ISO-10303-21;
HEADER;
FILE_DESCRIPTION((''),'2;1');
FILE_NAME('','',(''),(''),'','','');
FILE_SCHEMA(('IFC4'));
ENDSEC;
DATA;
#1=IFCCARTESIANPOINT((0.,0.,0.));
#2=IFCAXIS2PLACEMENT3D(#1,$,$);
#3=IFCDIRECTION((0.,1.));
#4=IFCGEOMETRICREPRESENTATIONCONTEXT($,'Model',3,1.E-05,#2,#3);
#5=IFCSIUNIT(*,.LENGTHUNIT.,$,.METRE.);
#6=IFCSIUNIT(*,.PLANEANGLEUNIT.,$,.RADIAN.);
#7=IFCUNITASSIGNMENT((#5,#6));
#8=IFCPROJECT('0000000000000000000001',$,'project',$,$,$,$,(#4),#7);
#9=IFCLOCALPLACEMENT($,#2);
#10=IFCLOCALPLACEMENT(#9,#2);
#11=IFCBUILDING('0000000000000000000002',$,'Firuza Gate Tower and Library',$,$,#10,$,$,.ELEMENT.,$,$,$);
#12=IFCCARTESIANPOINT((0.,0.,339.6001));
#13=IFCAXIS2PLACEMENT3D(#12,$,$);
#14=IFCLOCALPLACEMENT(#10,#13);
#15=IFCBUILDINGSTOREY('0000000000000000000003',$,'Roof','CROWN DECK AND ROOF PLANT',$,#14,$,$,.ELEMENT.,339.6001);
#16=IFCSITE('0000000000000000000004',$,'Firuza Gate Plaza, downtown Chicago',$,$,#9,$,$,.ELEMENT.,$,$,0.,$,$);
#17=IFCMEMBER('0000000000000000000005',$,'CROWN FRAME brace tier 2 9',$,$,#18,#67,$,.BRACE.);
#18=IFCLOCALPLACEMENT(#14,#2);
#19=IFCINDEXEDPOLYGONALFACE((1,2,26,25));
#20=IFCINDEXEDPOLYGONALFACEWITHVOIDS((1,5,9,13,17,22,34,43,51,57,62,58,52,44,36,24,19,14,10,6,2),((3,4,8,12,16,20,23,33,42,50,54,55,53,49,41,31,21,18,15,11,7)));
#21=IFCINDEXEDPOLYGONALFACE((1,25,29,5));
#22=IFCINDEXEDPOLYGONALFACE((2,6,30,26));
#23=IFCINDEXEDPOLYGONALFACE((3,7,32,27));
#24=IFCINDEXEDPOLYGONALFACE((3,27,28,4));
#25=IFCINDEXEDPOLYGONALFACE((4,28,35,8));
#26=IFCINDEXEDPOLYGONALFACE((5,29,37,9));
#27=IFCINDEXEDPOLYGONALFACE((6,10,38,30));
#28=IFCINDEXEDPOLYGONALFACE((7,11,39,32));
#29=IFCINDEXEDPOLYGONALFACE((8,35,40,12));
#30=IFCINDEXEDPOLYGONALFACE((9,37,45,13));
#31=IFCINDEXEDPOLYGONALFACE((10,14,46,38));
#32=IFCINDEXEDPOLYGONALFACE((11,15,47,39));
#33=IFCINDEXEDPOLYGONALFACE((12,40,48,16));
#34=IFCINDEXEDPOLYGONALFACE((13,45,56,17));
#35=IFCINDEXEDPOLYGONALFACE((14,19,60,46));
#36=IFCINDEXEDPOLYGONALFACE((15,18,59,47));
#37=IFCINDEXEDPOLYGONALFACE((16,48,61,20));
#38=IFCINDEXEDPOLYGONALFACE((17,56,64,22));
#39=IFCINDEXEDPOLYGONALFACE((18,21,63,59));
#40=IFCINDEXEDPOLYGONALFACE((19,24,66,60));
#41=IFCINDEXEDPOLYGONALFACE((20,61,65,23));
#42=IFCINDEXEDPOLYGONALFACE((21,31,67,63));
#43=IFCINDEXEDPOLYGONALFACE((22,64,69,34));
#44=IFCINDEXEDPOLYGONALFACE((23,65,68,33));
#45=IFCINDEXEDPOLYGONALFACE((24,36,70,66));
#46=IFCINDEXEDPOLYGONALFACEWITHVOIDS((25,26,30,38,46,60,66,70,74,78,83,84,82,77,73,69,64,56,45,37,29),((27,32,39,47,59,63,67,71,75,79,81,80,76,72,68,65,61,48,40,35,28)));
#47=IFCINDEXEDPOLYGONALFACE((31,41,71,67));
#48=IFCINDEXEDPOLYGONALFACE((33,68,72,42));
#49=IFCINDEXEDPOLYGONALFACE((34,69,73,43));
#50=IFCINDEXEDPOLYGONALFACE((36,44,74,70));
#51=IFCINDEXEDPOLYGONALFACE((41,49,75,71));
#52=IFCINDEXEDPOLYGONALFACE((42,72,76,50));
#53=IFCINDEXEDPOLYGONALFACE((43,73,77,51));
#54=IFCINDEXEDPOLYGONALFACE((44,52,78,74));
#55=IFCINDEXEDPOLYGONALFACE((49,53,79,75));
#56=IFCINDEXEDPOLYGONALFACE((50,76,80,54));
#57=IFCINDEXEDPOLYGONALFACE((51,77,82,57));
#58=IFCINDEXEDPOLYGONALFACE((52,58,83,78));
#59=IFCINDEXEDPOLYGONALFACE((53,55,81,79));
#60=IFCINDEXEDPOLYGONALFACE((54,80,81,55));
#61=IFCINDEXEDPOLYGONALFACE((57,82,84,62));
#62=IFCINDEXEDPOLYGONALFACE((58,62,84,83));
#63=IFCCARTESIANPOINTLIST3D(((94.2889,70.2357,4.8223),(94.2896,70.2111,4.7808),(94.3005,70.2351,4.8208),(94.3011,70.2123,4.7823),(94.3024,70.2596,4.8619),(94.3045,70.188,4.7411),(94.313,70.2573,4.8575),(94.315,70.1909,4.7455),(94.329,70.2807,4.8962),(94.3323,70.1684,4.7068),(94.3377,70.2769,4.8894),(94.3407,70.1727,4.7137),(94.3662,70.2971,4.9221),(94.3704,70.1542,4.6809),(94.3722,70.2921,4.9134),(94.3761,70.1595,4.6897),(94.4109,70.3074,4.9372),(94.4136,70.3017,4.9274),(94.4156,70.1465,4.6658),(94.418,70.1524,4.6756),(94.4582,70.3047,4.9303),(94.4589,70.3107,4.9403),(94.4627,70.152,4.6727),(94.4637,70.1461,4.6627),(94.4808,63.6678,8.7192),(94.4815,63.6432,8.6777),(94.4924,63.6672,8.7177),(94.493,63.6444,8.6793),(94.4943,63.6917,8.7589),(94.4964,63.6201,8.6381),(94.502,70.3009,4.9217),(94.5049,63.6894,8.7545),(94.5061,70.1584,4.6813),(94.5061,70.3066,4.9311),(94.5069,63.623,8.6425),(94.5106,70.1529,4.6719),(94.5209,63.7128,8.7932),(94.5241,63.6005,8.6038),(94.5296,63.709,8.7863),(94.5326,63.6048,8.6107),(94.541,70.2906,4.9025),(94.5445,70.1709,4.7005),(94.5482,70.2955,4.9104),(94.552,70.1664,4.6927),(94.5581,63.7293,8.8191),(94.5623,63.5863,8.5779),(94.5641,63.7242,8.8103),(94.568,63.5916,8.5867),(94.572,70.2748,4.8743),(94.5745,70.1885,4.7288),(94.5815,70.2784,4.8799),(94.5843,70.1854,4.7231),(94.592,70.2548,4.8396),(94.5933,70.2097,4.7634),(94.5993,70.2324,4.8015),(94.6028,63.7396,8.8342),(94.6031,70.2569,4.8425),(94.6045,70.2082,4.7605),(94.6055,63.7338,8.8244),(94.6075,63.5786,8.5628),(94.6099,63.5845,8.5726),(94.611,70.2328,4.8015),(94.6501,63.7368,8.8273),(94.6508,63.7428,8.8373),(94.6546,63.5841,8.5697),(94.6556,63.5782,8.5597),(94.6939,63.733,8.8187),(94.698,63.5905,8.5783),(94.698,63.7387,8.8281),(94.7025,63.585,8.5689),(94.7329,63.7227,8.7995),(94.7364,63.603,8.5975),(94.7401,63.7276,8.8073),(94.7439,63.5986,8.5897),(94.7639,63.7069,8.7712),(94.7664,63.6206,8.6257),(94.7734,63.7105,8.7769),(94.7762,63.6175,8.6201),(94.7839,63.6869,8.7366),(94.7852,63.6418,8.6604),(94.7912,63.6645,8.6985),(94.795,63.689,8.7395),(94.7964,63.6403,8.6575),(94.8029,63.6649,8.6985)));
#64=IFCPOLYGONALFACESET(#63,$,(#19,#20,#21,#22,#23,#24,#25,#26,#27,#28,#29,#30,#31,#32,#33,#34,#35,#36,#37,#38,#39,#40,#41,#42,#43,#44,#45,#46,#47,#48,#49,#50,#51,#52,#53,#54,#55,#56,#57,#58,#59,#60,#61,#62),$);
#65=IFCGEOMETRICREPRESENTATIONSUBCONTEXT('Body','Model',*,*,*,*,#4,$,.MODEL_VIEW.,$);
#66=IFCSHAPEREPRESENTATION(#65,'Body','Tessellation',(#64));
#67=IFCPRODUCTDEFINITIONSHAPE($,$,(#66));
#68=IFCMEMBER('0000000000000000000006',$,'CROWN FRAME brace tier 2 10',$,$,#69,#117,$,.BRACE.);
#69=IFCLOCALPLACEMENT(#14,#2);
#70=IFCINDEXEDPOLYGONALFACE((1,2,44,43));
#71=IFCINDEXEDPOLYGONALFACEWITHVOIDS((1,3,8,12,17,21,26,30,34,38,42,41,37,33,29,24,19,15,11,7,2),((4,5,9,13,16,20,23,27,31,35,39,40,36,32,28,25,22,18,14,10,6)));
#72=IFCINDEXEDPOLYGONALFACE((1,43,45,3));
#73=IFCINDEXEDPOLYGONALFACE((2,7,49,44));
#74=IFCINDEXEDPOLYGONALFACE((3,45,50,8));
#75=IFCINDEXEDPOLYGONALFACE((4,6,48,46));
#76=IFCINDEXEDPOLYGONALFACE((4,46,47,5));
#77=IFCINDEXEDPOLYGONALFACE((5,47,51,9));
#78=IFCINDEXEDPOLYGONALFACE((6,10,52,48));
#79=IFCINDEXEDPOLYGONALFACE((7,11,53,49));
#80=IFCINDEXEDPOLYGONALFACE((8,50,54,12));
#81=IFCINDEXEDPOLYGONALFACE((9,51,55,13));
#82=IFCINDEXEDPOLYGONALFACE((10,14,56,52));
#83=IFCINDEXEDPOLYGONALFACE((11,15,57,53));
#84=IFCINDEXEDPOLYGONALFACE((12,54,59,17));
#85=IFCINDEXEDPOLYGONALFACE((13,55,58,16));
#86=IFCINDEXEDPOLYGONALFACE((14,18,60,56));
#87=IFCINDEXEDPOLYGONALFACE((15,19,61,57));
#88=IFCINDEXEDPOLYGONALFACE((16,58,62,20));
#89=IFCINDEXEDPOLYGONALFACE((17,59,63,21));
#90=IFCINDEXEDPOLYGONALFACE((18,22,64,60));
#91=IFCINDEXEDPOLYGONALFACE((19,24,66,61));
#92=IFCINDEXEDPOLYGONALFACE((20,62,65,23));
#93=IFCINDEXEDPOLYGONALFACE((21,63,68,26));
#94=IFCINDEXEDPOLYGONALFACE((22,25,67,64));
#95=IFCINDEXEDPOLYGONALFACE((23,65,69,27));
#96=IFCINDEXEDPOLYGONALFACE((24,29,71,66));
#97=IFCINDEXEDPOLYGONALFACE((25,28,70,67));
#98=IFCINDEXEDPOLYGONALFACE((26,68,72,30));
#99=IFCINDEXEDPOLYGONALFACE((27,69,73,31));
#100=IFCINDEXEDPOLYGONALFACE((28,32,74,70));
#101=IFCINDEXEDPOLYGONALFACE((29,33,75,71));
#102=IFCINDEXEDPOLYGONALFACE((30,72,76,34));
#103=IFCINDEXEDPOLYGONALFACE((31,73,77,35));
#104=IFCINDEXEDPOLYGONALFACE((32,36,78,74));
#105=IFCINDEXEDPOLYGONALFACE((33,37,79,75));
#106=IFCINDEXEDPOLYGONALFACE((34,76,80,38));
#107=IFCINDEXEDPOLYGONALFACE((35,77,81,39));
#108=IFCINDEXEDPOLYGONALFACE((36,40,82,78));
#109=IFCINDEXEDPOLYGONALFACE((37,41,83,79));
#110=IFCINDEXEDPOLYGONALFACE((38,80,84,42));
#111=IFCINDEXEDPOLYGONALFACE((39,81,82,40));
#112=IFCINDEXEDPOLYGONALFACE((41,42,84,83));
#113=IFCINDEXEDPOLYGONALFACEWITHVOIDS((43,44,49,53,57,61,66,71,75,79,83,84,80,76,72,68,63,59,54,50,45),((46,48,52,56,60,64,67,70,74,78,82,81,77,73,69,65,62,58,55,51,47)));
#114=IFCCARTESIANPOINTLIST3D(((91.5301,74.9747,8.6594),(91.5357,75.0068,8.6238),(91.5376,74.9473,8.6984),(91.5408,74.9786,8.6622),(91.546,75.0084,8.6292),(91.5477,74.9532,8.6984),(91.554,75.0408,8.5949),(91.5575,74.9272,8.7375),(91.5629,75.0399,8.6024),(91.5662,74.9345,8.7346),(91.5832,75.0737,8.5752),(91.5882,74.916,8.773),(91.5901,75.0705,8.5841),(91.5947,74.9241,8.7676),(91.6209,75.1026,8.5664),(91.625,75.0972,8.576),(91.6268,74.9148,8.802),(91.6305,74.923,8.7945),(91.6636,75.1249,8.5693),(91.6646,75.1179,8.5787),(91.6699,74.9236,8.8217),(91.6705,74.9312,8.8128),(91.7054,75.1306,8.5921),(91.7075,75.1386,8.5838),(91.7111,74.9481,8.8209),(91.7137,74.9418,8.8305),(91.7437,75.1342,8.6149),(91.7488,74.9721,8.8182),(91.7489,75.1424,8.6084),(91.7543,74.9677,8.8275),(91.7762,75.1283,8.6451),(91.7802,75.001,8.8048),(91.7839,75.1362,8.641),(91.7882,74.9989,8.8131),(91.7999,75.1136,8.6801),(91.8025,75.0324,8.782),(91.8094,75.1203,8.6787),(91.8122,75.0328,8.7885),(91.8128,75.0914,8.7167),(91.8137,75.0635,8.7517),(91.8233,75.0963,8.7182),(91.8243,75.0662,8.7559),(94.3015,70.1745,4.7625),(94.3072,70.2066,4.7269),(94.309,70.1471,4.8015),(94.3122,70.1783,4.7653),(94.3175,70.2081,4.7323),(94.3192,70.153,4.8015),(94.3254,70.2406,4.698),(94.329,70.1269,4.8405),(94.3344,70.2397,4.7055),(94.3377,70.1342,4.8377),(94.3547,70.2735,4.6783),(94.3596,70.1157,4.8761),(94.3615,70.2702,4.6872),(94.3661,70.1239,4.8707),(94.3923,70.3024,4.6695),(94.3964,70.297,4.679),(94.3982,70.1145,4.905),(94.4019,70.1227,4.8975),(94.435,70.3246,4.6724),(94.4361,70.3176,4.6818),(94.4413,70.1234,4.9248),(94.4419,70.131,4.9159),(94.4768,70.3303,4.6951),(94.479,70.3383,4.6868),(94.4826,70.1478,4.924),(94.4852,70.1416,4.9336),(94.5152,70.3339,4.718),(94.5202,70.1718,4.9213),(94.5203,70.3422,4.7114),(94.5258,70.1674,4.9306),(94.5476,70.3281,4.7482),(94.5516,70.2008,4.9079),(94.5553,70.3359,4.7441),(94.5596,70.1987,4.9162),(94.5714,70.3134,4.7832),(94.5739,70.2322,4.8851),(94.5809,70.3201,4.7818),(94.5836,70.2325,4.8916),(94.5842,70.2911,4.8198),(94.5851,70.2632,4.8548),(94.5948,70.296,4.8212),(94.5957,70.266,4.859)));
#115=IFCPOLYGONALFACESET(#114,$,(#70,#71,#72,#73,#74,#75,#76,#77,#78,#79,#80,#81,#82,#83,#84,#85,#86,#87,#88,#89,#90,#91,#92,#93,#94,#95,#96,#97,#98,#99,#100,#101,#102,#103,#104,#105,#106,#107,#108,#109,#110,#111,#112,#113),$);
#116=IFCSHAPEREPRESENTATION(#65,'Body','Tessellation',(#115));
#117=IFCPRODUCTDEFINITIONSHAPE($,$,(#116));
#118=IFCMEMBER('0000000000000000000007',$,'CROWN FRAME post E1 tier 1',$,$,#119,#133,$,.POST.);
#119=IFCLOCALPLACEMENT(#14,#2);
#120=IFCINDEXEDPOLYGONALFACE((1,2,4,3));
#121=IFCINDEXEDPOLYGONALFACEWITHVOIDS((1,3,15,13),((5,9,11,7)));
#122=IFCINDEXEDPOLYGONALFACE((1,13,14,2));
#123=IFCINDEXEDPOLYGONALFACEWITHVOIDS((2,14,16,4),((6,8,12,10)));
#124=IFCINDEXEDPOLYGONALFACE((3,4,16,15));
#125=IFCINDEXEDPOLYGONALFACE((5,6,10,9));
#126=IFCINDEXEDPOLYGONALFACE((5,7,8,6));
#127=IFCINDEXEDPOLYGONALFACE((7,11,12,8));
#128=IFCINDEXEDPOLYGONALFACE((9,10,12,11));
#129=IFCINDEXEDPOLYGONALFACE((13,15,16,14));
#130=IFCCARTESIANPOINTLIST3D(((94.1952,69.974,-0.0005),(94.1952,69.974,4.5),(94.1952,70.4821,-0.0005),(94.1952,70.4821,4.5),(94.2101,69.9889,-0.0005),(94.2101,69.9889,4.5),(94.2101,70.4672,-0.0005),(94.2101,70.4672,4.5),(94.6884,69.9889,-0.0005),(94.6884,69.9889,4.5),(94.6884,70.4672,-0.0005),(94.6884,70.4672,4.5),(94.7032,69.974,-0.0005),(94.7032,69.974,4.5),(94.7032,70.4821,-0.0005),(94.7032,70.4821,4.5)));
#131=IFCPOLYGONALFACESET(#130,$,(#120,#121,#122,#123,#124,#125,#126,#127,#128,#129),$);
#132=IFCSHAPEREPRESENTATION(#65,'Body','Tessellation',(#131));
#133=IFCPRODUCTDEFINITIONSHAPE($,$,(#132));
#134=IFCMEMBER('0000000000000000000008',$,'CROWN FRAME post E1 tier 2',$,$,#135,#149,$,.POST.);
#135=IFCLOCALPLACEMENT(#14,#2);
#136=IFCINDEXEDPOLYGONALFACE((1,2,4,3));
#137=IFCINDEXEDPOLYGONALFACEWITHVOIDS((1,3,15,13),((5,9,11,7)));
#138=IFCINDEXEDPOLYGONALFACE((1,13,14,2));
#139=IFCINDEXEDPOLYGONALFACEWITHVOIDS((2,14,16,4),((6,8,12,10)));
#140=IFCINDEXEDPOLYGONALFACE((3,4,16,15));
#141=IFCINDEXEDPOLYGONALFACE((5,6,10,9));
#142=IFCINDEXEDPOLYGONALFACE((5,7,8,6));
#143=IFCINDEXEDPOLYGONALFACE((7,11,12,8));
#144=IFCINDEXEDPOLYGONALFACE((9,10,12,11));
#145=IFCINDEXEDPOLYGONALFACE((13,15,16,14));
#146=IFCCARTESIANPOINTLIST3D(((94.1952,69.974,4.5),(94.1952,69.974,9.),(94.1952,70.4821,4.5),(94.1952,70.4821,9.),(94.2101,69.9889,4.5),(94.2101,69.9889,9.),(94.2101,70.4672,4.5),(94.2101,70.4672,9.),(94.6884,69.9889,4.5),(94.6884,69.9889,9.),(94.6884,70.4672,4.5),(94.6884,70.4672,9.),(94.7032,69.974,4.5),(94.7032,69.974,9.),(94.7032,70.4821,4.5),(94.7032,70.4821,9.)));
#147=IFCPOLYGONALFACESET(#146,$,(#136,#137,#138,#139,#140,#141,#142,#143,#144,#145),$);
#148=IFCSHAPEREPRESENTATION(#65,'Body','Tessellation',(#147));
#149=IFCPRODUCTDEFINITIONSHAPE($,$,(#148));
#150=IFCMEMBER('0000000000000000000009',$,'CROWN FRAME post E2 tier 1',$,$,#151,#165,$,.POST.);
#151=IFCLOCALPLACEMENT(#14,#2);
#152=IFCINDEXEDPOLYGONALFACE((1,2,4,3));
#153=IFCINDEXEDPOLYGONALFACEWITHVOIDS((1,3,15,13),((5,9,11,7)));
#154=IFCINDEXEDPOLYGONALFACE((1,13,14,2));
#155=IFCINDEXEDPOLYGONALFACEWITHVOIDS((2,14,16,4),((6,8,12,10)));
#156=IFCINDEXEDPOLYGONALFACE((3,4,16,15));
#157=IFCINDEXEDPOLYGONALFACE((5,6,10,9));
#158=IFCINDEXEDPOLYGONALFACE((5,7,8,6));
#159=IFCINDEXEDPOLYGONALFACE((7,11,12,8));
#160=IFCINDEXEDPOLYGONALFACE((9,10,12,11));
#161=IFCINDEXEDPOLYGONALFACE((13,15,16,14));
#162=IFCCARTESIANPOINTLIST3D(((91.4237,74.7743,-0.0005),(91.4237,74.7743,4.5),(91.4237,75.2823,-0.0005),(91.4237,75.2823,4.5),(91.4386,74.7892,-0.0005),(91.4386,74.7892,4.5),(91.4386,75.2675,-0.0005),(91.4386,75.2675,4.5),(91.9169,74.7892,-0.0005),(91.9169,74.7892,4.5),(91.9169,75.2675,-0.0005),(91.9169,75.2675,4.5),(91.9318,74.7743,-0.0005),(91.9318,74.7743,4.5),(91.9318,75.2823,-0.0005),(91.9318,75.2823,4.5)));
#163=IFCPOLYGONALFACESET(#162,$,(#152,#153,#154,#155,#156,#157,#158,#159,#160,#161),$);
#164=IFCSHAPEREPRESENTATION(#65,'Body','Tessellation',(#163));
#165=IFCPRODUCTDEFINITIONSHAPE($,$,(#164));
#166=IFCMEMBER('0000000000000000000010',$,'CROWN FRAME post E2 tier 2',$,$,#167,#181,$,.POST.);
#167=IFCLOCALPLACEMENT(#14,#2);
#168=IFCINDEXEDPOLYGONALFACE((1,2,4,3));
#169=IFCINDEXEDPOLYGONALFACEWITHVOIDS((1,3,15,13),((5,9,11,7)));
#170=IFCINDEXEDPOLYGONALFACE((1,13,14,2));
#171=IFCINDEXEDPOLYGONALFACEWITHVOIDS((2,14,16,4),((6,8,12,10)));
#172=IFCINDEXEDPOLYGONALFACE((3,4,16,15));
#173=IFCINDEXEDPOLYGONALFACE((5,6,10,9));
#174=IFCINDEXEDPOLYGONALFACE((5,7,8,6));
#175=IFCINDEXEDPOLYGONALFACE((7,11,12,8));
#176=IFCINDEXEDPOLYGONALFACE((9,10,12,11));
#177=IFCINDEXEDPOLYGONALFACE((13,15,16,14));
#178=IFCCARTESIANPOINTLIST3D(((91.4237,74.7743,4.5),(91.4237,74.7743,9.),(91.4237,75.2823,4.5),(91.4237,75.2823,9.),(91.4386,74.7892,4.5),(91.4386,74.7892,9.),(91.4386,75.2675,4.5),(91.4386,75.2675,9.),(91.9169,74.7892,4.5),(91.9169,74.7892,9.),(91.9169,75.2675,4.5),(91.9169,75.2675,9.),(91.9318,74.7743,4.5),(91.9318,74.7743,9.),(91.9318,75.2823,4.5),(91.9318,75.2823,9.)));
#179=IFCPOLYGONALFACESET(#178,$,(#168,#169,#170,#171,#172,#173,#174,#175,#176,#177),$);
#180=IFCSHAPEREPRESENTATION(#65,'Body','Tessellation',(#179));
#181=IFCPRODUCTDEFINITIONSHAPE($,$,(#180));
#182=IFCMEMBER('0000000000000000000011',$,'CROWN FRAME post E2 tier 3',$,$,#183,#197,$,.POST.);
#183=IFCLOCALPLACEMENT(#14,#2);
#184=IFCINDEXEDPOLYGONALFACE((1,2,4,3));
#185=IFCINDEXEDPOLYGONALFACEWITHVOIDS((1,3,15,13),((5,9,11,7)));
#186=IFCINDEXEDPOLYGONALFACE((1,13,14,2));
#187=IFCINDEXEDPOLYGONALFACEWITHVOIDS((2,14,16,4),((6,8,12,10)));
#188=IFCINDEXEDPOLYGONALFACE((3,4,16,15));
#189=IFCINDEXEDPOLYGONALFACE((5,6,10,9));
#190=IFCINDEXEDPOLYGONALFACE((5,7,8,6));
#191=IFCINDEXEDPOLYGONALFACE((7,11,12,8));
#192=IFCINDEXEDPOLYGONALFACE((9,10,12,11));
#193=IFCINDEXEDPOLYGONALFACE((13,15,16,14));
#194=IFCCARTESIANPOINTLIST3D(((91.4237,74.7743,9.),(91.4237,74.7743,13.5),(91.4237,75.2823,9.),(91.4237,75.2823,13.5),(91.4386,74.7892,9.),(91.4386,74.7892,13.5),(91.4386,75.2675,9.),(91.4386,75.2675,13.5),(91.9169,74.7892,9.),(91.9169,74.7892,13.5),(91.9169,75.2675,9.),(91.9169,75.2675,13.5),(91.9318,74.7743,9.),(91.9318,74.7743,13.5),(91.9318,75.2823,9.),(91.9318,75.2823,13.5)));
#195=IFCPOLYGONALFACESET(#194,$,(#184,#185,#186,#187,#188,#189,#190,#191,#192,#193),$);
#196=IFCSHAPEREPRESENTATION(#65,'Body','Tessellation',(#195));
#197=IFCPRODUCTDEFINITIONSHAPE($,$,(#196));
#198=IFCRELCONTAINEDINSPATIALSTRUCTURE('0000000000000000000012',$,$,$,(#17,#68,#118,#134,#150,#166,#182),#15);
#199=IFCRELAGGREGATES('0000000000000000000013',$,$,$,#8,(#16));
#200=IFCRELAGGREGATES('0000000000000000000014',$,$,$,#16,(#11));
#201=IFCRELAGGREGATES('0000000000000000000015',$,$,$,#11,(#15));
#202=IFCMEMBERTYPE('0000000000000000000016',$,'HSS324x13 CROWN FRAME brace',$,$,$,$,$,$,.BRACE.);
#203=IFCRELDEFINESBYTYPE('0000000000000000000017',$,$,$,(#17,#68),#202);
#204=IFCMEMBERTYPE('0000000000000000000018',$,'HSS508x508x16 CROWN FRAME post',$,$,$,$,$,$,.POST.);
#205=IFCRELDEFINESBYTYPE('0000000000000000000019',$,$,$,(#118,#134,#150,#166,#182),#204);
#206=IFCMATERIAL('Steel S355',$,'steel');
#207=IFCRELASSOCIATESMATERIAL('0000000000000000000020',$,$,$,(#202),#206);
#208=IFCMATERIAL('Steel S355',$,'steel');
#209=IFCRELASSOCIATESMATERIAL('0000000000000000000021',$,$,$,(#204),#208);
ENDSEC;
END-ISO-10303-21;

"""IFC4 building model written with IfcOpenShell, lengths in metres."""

from ifc_helpers import new_model, si_unit, direction, frame, origin, origin_2d, place, context, subcontext, project, spatial, hollow_rectangle, hollow_circle, extrude, material, material_profile, profile_set, type_object, element, save


model = new_model("IFC4")

# Units and contexts
model_context = context("Model", 3, precision=1e-05, world=origin(), true_north=direction((0.0, 1.0)))
body_context = subcontext(model_context, "Body", "Model", "MODEL_VIEW")
ifc_project = project(units=[si_unit("LENGTHUNIT", "METRE"), si_unit("PLANEANGLEUNIT", "RADIAN")], contexts=[model_context])

# Site, building, storey
site_placement = place(None, origin())
site = spatial("IfcSite", under=ifc_project, at=site_placement, Name="Firuza Gate Plaza, downtown Chicago", CompositionType="ELEMENT", RefElevation=0.0)
building_placement = place(site_placement, origin())
building = spatial("IfcBuilding", under=site, at=building_placement, Name="Firuza Gate Tower and Library", CompositionType="ELEMENT")
storey_placement = place(building_placement, frame((0.0, 0.0, 339.6001)))
storey = spatial("IfcBuildingStorey", under=building, at=storey_placement, Name="Roof", Description="CROWN DECK AND ROOF PLANT", CompositionType="ELEMENT", Elevation=339.6001)

# Members
ifc_material_1 = material(Name="Steel S355", Category="steel")
ifc_material_profile_1 = material_profile(ifc_material_1, hollow_circle(Radius=0.1619, WallThickness=0.0117, at=origin_2d()))
ifc_profile_set_1 = profile_set([ifc_material_profile_1], Name="Steel S355")
member_type_1 = type_object("IfcMemberType", Name="HSS324x13 CROWN FRAME brace", PredefinedType="BRACE", material=ifc_profile_set_1)
member_1_placement = place(storey_placement, frame((94.4492, 70.228, 4.8015), z_axis=(0.025119, -0.859739, 0.510116), x_axis=(0.999573, 0.029205, 0.0)))
element("IfcMember", 1, at=member_1_placement, inside=storey, type_object=member_type_1, Name="CROWN FRAME brace tier 2 9", PredefinedType="BRACE", context=body_context, shape_type="SweptSolid", body=[
    extrude(hollow_circle(Radius=0.1619, WallThickness=0.0117, at=origin_2d()), origin(), (0.0, 0.0, 1.0), 7.6394),
])
member_2_placement = place(storey_placement, frame((94.4492, 70.228, 4.8015), z_axis=(-0.409032, 0.708455, 0.575138), x_axis=(-0.866023, -0.500005, 0.0)))
element("IfcMember", 2, at=member_2_placement, inside=storey, type_object=member_type_1, Name="CROWN FRAME brace tier 2 10", PredefinedType="BRACE", context=body_context, shape_type="SweptSolid", body=[
    extrude(hollow_circle(Radius=0.1619, WallThickness=0.0117, at=origin_2d()), origin(), (0.0, 0.0, 1.0), 6.7756),
])
ifc_material_2 = material(Name="Steel S355", Category="steel")
ifc_material_profile_2 = material_profile(ifc_material_2, hollow_rectangle(XDim=0.5081, YDim=0.5081, WallThickness=0.0149, at=origin_2d()))
ifc_profile_set_2 = profile_set([ifc_material_profile_2], Name="Steel S355")
member_type_2 = type_object("IfcMemberType", Name="HSS508x508x16 CROWN FRAME post", PredefinedType="POST", material=ifc_profile_set_2)
member_3_placement = place(storey_placement, frame((94.4492, 70.228, -0.0005), z_axis=(0.0, 0.0, 1.0), x_axis=(1.0, 0.0, 0.0)))
element("IfcMember", 3, at=member_3_placement, inside=storey, type_object=member_type_2, Name="CROWN FRAME post E1 tier 1", PredefinedType="POST", context=body_context, shape_type="SweptSolid", body=[
    extrude(hollow_rectangle(XDim=0.5081, YDim=0.5081, WallThickness=0.0149, at=origin_2d()), origin(), (0.0, 0.0, 1.0), 4.5005),
])
member_4_placement = place(storey_placement, frame((94.4492, 70.228, 4.5), z_axis=(0.0, 0.0, 1.0), x_axis=(1.0, 0.0, 0.0)))
element("IfcMember", 4, at=member_4_placement, inside=storey, type_object=member_type_2, Name="CROWN FRAME post E1 tier 2", PredefinedType="POST", context=body_context, shape_type="SweptSolid", body=[
    extrude(hollow_rectangle(XDim=0.5081, YDim=0.5081, WallThickness=0.0149, at=origin_2d()), origin(), (0.0, 0.0, 1.0), 4.5),
])
member_5_placement = place(storey_placement, frame((91.6777, 75.0283, -0.0005), z_axis=(0.0, 0.0, 1.0), x_axis=(1.0, 0.0, 0.0)))
element("IfcMember", 5, at=member_5_placement, inside=storey, type_object=member_type_2, Name="CROWN FRAME post E2 tier 1", PredefinedType="POST", context=body_context, shape_type="SweptSolid", body=[
    extrude(hollow_rectangle(XDim=0.5081, YDim=0.5081, WallThickness=0.0149, at=origin_2d()), origin(), (0.0, 0.0, 1.0), 4.5005),
])
for number, where, z_axis, x_axis, name in (
    (6, (91.6777, 75.0283, 4.5), (0.0, 0.0, 1.0), (1.0, 0.0, 0.0), "CROWN FRAME post E2 tier 2"),
    (7, (91.6777, 75.0283, 9.0), (0.0, 0.0, 1.0), (1.0, 0.0, 0.0), "CROWN FRAME post E2 tier 3"),
):
    element("IfcMember", number, at=place(storey_placement, frame(where, z_axis=z_axis, x_axis=x_axis)), inside=storey, type_object=member_type_2, Name=name, PredefinedType="POST", context=body_context, shape_type="SweptSolid", body=[
        extrude(hollow_rectangle(XDim=0.5081, YDim=0.5081, WallThickness=0.0149, at=origin_2d()), origin(), (0.0, 0.0, 1.0), 4.5),
    ])

save(model, "model.ifc")
